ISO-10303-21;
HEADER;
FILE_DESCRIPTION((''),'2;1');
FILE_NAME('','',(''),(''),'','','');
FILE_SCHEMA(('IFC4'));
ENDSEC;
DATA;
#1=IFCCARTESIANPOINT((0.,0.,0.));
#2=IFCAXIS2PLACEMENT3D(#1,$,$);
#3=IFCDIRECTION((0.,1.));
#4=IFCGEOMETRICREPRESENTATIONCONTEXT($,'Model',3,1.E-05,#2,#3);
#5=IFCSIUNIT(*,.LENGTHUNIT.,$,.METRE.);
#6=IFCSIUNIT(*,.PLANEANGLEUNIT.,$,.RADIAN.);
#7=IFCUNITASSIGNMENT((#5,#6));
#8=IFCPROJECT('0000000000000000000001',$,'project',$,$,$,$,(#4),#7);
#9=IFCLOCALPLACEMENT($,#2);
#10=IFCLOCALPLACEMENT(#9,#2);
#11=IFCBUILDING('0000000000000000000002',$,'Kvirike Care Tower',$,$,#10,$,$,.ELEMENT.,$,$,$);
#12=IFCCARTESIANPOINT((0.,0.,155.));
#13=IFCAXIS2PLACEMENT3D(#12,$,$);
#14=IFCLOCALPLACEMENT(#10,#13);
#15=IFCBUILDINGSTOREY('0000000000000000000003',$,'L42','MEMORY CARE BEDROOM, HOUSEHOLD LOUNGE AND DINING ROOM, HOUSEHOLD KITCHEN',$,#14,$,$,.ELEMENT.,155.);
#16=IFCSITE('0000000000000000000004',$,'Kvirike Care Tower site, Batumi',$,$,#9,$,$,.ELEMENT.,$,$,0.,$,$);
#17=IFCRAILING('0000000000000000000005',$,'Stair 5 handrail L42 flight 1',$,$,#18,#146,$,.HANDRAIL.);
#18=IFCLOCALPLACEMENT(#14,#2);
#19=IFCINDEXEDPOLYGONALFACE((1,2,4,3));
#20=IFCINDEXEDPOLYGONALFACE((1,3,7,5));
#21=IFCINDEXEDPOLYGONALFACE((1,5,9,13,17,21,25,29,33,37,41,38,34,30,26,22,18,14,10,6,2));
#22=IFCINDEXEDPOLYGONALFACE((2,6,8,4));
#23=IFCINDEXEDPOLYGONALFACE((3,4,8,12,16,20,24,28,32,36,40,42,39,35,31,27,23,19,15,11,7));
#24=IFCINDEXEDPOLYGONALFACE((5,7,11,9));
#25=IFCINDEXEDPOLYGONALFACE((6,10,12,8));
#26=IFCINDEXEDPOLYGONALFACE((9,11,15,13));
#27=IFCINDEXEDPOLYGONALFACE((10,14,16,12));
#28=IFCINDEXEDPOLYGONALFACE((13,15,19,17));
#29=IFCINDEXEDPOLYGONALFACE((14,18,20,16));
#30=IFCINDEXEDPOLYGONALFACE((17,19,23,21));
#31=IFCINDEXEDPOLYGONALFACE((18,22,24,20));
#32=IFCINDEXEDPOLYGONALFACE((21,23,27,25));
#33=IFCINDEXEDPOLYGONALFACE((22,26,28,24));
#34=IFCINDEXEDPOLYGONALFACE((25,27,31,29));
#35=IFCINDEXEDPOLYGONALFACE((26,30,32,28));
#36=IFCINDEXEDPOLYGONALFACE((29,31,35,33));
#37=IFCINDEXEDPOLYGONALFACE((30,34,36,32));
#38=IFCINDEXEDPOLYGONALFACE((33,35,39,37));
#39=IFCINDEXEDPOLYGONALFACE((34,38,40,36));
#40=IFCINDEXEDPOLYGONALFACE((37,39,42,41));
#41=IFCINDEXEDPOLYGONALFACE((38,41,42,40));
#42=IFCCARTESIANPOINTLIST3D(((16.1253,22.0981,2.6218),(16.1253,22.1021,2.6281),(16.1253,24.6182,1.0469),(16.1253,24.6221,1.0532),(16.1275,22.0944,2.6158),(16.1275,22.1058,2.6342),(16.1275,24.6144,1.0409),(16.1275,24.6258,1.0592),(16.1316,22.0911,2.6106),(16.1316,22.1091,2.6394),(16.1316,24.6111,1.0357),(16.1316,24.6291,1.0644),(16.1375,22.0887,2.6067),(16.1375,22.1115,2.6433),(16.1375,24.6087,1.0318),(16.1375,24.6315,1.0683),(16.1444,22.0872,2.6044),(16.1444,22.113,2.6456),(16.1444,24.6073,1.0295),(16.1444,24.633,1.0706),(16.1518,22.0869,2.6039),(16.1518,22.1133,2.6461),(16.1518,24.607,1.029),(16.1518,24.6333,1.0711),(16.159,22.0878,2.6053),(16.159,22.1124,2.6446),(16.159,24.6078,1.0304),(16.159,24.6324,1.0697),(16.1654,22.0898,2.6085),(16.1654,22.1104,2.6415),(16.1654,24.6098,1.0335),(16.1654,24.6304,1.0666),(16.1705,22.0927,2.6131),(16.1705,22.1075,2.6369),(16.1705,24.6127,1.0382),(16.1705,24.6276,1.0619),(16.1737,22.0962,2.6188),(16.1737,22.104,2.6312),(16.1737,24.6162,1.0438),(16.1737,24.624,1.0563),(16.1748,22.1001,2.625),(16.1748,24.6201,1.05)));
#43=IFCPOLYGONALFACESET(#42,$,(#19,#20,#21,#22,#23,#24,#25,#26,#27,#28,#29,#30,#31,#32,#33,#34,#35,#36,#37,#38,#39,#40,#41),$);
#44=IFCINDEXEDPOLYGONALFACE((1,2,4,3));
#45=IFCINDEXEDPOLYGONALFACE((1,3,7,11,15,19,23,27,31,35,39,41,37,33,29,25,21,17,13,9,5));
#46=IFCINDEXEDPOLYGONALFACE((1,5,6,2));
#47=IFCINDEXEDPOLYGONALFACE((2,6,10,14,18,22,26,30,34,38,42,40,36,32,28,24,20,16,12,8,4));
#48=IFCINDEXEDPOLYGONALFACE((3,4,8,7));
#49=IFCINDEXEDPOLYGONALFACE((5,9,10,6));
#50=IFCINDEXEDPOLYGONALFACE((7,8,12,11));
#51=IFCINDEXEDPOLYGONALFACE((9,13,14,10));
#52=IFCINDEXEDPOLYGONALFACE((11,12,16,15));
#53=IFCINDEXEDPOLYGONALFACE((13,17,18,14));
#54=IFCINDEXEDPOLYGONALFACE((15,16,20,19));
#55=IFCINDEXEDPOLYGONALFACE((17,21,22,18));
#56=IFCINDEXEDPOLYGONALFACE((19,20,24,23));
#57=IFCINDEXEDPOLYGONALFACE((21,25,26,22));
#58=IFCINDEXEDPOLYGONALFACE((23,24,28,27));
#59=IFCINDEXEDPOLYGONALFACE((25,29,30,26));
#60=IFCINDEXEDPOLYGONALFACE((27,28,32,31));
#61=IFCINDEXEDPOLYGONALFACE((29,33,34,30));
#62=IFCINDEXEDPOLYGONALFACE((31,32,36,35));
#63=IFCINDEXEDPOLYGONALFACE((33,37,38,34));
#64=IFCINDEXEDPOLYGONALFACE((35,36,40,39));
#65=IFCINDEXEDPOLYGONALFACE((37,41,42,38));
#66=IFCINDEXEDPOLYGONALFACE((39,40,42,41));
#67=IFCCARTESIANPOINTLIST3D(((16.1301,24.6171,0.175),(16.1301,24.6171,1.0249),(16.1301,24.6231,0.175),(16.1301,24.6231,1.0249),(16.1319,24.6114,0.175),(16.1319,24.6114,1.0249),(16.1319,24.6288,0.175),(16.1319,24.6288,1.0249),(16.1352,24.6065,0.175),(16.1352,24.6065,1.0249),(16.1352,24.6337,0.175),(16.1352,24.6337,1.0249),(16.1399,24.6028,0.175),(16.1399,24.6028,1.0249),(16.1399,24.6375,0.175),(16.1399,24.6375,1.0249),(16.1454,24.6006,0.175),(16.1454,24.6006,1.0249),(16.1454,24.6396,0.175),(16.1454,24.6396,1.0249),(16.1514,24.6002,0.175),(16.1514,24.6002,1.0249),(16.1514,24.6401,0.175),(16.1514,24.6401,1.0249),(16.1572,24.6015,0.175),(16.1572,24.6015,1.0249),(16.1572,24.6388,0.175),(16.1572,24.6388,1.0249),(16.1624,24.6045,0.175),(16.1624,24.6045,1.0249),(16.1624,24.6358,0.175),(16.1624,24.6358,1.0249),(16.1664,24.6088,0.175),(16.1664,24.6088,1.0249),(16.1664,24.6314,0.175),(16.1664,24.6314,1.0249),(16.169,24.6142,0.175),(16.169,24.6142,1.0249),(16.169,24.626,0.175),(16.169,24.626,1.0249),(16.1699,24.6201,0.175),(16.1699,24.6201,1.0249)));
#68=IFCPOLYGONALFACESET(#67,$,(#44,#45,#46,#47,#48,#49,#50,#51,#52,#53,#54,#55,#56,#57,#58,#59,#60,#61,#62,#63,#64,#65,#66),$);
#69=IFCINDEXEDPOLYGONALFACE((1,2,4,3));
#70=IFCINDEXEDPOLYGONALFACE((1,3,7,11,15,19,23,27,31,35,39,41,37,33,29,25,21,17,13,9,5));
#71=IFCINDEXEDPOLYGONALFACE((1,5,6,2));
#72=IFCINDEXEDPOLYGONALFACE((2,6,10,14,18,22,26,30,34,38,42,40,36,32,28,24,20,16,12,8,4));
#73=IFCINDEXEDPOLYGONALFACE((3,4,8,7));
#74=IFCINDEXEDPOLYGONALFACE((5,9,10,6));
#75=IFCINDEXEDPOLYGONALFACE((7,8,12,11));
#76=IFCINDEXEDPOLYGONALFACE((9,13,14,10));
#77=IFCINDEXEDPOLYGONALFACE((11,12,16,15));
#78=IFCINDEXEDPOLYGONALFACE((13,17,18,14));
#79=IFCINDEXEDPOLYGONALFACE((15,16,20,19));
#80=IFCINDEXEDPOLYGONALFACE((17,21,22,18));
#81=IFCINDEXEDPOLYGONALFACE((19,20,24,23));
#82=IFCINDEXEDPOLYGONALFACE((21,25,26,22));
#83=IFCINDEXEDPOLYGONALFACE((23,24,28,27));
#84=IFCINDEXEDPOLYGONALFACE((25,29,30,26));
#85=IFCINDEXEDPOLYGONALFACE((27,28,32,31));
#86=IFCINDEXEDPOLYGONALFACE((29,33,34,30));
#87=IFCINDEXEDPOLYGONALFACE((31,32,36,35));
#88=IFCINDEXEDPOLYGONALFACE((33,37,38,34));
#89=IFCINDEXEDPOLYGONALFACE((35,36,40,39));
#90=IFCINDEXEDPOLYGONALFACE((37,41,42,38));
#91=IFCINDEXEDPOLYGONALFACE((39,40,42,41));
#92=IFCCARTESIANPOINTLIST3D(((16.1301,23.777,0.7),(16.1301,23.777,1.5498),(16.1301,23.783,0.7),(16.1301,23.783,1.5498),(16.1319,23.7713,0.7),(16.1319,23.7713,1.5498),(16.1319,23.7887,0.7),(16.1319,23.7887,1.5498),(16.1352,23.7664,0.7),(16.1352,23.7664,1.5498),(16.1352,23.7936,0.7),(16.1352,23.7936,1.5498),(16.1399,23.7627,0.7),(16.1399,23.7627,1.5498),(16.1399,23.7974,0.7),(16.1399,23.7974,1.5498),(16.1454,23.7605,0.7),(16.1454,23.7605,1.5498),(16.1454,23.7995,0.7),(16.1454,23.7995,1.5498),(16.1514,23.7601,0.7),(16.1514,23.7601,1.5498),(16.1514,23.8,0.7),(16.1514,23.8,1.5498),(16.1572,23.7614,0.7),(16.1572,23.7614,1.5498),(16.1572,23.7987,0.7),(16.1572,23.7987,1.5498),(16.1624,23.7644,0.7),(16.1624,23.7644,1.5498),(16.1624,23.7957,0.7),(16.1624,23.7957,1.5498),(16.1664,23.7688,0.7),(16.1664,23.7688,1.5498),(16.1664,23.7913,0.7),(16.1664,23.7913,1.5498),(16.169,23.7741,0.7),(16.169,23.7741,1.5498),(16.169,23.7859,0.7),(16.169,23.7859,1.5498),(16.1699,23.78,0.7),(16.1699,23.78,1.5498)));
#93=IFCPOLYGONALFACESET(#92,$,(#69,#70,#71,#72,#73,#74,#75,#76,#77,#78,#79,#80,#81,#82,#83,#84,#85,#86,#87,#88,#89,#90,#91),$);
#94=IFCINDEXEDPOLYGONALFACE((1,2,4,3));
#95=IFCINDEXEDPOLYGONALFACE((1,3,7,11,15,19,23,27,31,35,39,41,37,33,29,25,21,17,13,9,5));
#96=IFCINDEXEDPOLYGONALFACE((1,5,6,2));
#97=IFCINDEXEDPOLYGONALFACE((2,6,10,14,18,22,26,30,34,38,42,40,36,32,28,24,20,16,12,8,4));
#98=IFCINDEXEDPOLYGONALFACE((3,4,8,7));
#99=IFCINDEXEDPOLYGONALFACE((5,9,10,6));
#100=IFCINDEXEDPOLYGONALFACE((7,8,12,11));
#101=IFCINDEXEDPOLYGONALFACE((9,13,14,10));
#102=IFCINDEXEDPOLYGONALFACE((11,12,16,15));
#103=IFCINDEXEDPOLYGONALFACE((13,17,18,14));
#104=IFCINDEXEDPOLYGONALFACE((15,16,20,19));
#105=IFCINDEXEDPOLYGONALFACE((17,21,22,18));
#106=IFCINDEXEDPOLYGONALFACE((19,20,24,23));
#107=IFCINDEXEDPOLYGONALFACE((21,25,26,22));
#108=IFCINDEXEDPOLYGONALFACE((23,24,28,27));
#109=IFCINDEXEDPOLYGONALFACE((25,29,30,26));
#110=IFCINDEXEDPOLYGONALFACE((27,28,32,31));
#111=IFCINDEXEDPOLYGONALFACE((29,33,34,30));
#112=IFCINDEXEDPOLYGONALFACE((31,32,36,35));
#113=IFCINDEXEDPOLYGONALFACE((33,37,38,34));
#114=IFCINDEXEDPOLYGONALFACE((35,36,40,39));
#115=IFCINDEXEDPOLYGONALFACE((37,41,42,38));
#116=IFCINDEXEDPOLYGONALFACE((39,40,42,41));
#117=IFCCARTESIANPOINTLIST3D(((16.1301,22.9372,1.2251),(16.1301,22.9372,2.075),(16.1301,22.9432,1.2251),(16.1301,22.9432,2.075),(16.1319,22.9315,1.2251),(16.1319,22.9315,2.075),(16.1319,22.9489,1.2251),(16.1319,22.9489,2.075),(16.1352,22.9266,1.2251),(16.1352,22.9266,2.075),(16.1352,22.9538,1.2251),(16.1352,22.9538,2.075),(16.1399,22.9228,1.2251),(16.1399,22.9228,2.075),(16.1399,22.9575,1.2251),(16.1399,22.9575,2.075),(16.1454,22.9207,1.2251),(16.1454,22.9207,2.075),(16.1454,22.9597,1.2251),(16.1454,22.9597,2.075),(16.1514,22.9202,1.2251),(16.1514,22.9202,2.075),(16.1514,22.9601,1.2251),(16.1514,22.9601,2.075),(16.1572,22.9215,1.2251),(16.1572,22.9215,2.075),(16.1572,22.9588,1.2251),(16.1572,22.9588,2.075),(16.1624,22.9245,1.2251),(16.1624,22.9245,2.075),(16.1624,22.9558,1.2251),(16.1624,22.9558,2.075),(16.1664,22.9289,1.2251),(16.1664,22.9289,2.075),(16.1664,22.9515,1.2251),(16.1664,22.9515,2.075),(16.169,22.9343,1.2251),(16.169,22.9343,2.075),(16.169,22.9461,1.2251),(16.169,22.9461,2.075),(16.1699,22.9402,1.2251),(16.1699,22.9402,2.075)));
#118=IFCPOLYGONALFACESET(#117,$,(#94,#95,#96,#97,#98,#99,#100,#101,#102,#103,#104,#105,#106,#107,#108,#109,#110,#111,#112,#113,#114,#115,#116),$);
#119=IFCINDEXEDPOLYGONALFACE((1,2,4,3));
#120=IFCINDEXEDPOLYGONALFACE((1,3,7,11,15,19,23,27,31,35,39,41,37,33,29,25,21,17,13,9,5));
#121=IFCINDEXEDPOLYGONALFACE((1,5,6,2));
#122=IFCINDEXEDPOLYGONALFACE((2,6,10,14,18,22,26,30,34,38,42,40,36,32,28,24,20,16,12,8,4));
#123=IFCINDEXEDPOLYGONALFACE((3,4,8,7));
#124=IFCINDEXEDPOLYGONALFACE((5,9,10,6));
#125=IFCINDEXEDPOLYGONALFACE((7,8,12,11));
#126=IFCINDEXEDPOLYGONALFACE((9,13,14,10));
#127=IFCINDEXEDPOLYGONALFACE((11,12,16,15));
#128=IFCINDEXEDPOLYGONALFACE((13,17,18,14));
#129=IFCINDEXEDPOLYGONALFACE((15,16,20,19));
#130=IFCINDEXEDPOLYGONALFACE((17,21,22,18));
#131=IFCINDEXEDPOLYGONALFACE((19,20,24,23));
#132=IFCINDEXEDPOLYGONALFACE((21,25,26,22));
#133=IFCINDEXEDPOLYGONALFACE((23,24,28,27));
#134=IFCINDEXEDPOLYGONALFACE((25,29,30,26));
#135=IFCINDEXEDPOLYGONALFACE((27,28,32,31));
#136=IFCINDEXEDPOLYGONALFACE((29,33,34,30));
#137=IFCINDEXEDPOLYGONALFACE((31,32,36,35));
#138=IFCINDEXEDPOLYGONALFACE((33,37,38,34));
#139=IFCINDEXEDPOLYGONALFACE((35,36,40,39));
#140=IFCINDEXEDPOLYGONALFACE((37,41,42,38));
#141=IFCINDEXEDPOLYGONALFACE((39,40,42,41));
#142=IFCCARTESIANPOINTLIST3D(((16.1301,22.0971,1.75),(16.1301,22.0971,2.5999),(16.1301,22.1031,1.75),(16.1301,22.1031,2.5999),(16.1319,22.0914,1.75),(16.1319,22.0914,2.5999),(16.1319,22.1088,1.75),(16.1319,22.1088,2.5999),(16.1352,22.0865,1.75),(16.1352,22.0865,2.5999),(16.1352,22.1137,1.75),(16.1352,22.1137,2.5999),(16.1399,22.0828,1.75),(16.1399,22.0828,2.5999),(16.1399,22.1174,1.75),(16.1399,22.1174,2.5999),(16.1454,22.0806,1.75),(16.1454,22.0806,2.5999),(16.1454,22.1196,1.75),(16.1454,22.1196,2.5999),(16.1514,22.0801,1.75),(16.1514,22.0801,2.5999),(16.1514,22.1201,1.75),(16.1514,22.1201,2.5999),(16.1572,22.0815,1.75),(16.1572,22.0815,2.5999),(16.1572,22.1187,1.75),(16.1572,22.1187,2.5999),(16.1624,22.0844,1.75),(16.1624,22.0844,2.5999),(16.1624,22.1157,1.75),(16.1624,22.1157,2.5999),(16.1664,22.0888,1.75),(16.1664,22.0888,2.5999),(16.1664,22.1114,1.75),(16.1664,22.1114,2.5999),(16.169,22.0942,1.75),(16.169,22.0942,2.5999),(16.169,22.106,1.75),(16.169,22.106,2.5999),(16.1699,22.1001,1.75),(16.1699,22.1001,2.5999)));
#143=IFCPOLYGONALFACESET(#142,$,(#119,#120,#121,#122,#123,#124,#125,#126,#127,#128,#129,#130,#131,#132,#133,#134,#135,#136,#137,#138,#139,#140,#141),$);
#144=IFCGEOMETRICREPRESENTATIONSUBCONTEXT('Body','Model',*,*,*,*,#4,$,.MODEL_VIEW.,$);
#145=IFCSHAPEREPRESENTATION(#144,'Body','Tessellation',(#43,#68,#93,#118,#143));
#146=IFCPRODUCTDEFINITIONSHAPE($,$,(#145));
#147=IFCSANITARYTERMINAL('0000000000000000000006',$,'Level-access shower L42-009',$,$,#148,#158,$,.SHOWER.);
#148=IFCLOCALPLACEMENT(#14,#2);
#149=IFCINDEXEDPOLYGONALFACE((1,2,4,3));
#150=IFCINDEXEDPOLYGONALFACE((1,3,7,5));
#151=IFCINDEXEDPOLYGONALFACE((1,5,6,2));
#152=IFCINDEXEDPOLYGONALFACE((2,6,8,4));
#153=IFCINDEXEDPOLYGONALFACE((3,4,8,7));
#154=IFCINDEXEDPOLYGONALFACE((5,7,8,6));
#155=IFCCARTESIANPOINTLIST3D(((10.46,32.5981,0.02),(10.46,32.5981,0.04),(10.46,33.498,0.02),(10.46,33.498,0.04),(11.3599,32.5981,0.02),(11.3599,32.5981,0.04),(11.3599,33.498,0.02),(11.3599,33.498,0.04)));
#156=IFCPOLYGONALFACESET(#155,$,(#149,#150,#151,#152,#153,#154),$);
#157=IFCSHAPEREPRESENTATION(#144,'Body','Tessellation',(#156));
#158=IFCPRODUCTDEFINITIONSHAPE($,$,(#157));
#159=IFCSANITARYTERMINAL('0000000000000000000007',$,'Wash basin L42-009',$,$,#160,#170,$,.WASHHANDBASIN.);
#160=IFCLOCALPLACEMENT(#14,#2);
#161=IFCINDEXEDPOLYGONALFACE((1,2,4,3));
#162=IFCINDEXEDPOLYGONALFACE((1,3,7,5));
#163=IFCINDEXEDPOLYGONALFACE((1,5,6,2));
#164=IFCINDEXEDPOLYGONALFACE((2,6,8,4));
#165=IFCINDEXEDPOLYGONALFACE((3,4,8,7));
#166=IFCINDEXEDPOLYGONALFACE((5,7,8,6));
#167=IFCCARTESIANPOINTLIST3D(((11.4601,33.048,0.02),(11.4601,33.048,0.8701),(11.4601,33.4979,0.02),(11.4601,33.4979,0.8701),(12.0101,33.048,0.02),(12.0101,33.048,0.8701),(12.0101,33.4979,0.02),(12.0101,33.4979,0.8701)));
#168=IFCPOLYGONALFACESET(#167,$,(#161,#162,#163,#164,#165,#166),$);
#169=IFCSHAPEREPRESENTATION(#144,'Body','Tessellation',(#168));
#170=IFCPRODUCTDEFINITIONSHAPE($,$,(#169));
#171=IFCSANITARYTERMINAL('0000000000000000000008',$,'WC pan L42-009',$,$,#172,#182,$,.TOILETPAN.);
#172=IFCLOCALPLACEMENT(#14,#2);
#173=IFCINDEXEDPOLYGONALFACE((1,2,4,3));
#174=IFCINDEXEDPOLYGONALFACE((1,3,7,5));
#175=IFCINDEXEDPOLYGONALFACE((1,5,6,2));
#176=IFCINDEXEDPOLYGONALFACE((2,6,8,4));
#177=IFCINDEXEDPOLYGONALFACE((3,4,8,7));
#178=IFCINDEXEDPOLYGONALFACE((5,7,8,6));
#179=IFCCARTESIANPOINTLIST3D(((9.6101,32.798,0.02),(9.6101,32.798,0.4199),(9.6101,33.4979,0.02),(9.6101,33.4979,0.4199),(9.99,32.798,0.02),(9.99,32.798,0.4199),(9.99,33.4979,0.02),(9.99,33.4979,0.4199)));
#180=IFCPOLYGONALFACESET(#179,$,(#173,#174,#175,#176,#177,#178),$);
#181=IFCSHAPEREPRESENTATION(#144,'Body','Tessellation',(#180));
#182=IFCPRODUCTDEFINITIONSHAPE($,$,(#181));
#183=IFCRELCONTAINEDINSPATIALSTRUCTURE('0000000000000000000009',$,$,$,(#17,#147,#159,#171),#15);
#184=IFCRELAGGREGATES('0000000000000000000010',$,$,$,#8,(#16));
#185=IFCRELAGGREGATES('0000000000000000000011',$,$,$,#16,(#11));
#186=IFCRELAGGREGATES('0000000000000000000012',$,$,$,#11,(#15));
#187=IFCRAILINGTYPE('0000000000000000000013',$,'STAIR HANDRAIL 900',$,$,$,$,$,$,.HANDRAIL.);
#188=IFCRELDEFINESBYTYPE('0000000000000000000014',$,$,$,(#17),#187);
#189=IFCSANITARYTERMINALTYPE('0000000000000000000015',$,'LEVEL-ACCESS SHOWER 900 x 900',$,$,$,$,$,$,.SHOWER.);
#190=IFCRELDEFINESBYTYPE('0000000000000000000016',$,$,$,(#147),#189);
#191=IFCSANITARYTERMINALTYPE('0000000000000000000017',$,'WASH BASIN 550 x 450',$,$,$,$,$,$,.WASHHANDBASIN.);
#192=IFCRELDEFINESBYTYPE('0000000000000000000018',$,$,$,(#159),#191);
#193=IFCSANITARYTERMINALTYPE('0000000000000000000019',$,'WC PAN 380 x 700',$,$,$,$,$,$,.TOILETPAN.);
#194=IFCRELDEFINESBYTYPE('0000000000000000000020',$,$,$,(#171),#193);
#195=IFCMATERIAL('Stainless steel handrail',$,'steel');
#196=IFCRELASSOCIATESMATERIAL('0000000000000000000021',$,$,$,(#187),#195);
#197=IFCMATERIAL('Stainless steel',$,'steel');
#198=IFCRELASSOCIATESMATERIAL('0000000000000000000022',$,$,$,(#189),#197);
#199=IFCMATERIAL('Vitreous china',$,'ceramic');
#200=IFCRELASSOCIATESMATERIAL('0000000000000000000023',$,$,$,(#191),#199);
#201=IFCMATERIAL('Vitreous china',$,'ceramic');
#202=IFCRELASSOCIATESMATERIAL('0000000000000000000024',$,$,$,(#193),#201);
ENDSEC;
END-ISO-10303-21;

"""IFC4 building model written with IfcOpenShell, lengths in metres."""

from ifc_helpers import new_model, si_unit, direction, frame, origin, origin_2d, place, context, subcontext, project, spatial, rectangle, circle, extrude, material, type_object, element, save


model = new_model("IFC4")

# Units and contexts
model_context = context("Model", 3, precision=1e-05, world=origin(), true_north=direction((0.0, 1.0)))
body_context = subcontext(model_context, "Body", "Model", "MODEL_VIEW")
ifc_project = project(units=[si_unit("LENGTHUNIT", "METRE"), si_unit("PLANEANGLEUNIT", "RADIAN")], contexts=[model_context])

# Site, building, storey
site_placement = place(None, origin())
site = spatial("IfcSite", under=ifc_project, at=site_placement, Name="Kvirike Care Tower site, Batumi", CompositionType="ELEMENT", RefElevation=0.0)
building_placement = place(site_placement, origin())
building = spatial("IfcBuilding", under=site, at=building_placement, Name="Kvirike Care Tower", CompositionType="ELEMENT")
storey_placement = place(building_placement, frame((0.0, 0.0, 155.0)))
storey = spatial("IfcBuildingStorey", under=building, at=storey_placement, Name="L42", Description="MEMORY CARE BEDROOM, HOUSEHOLD LOUNGE AND DINING ROOM, HOUSEHOLD KITCHEN", CompositionType="ELEMENT", Elevation=155.0)

# Railing
ifc_material_1 = material(Name="Stainless steel handrail", Category="steel")
railing_type = type_object("IfcRailingType", Name="STAIR HANDRAIL 900", PredefinedType="HANDRAIL", material=ifc_material_1)
railing_placement = place(storey_placement, frame((16.1499, 24.6201, 0.175)))
element("IfcRailing", 1, at=railing_placement, inside=storey, type_object=railing_type, Name="Stair 5 handrail L42 flight 1", PredefinedType="HANDRAIL", context=body_context, shape_type="SweptSolid", body=[
    extrude(circle(Radius=0.0249, at=origin_2d()), frame((0.0, 0.0, 0.875), z_axis=(0.0, -0.848008, 0.529984), x_axis=(1.0, 0.0, 0.0)), (0.0, 0.0, 1.0), 2.9717),
    extrude(circle(Radius=0.02, at=origin_2d()), origin(), (0.0, 0.0, 1.0), 0.8499),
    extrude(circle(Radius=0.02, at=origin_2d()), frame((0.0, -0.8401, 0.5249)), (0.0, 0.0, 1.0), 0.8499),
    extrude(circle(Radius=0.02, at=origin_2d()), frame((0.0, -1.6799, 1.05)), (0.0, 0.0, 1.0), 0.8499),
    extrude(circle(Radius=0.02, at=origin_2d()), frame((0.0, -2.52, 1.575)), (0.0, 0.0, 1.0), 0.8499),
])

# Sanitary terminals
ifc_material_2 = material(Name="Stainless steel", Category="steel")
sanitary_terminal_type_1 = type_object("IfcSanitaryTerminalType", Name="LEVEL-ACCESS SHOWER 900 x 900", PredefinedType="SHOWER", material=ifc_material_2)
sanitary_terminal_1_placement = place(storey_placement, frame((10.9099, 33.0481, 0.02), z_axis=(0.0, 0.0, 1.0), x_axis=(1.0, 0.0, 0.0)))
element("IfcSanitaryTerminal", 2, at=sanitary_terminal_1_placement, inside=storey, type_object=sanitary_terminal_type_1, Name="Level-access shower L42-009", PredefinedType="SHOWER", context=body_context, shape_type="SweptSolid", body=[
    extrude(rectangle(XDim=0.8999, YDim=0.8999, at=origin_2d()), origin(), (0.0, 0.0, 1.0), 0.02),
])
ifc_material_3 = material(Name="Vitreous china", Category="ceramic")
sanitary_terminal_type_2 = type_object("IfcSanitaryTerminalType", Name="WASH BASIN 550 x 450", PredefinedType="WASHHANDBASIN", material=ifc_material_3)
sanitary_terminal_2_placement = place(storey_placement, frame((11.7351, 33.2729, 0.02), z_axis=(0.0, 0.0, 1.0), x_axis=(1.0, 0.0, 0.0)))
element("IfcSanitaryTerminal", 3, at=sanitary_terminal_2_placement, inside=storey, type_object=sanitary_terminal_type_2, Name="Wash basin L42-009", PredefinedType="WASHHANDBASIN", context=body_context, shape_type="SweptSolid", body=[
    extrude(rectangle(XDim=0.55, YDim=0.45, at=origin_2d()), origin(), (0.0, 0.0, 1.0), 0.8501),
])
ifc_material_4 = material(Name="Vitreous china", Category="ceramic")
sanitary_terminal_type_3 = type_object("IfcSanitaryTerminalType", Name="WC PAN 380 x 700", PredefinedType="TOILETPAN", material=ifc_material_4)
sanitary_terminal_3_placement = place(storey_placement, frame((9.8, 33.1479, 0.02), z_axis=(0.0, 0.0, 1.0), x_axis=(1.0, 0.0, 0.0)))
element("IfcSanitaryTerminal", 4, at=sanitary_terminal_3_placement, inside=storey, type_object=sanitary_terminal_type_3, Name="WC pan L42-009", PredefinedType="TOILETPAN", context=body_context, shape_type="SweptSolid", body=[
    extrude(rectangle(XDim=0.3799, YDim=0.7, at=origin_2d()), origin(), (0.0, 0.0, 1.0), 0.3999),
])

save(model, "model.ifc")
